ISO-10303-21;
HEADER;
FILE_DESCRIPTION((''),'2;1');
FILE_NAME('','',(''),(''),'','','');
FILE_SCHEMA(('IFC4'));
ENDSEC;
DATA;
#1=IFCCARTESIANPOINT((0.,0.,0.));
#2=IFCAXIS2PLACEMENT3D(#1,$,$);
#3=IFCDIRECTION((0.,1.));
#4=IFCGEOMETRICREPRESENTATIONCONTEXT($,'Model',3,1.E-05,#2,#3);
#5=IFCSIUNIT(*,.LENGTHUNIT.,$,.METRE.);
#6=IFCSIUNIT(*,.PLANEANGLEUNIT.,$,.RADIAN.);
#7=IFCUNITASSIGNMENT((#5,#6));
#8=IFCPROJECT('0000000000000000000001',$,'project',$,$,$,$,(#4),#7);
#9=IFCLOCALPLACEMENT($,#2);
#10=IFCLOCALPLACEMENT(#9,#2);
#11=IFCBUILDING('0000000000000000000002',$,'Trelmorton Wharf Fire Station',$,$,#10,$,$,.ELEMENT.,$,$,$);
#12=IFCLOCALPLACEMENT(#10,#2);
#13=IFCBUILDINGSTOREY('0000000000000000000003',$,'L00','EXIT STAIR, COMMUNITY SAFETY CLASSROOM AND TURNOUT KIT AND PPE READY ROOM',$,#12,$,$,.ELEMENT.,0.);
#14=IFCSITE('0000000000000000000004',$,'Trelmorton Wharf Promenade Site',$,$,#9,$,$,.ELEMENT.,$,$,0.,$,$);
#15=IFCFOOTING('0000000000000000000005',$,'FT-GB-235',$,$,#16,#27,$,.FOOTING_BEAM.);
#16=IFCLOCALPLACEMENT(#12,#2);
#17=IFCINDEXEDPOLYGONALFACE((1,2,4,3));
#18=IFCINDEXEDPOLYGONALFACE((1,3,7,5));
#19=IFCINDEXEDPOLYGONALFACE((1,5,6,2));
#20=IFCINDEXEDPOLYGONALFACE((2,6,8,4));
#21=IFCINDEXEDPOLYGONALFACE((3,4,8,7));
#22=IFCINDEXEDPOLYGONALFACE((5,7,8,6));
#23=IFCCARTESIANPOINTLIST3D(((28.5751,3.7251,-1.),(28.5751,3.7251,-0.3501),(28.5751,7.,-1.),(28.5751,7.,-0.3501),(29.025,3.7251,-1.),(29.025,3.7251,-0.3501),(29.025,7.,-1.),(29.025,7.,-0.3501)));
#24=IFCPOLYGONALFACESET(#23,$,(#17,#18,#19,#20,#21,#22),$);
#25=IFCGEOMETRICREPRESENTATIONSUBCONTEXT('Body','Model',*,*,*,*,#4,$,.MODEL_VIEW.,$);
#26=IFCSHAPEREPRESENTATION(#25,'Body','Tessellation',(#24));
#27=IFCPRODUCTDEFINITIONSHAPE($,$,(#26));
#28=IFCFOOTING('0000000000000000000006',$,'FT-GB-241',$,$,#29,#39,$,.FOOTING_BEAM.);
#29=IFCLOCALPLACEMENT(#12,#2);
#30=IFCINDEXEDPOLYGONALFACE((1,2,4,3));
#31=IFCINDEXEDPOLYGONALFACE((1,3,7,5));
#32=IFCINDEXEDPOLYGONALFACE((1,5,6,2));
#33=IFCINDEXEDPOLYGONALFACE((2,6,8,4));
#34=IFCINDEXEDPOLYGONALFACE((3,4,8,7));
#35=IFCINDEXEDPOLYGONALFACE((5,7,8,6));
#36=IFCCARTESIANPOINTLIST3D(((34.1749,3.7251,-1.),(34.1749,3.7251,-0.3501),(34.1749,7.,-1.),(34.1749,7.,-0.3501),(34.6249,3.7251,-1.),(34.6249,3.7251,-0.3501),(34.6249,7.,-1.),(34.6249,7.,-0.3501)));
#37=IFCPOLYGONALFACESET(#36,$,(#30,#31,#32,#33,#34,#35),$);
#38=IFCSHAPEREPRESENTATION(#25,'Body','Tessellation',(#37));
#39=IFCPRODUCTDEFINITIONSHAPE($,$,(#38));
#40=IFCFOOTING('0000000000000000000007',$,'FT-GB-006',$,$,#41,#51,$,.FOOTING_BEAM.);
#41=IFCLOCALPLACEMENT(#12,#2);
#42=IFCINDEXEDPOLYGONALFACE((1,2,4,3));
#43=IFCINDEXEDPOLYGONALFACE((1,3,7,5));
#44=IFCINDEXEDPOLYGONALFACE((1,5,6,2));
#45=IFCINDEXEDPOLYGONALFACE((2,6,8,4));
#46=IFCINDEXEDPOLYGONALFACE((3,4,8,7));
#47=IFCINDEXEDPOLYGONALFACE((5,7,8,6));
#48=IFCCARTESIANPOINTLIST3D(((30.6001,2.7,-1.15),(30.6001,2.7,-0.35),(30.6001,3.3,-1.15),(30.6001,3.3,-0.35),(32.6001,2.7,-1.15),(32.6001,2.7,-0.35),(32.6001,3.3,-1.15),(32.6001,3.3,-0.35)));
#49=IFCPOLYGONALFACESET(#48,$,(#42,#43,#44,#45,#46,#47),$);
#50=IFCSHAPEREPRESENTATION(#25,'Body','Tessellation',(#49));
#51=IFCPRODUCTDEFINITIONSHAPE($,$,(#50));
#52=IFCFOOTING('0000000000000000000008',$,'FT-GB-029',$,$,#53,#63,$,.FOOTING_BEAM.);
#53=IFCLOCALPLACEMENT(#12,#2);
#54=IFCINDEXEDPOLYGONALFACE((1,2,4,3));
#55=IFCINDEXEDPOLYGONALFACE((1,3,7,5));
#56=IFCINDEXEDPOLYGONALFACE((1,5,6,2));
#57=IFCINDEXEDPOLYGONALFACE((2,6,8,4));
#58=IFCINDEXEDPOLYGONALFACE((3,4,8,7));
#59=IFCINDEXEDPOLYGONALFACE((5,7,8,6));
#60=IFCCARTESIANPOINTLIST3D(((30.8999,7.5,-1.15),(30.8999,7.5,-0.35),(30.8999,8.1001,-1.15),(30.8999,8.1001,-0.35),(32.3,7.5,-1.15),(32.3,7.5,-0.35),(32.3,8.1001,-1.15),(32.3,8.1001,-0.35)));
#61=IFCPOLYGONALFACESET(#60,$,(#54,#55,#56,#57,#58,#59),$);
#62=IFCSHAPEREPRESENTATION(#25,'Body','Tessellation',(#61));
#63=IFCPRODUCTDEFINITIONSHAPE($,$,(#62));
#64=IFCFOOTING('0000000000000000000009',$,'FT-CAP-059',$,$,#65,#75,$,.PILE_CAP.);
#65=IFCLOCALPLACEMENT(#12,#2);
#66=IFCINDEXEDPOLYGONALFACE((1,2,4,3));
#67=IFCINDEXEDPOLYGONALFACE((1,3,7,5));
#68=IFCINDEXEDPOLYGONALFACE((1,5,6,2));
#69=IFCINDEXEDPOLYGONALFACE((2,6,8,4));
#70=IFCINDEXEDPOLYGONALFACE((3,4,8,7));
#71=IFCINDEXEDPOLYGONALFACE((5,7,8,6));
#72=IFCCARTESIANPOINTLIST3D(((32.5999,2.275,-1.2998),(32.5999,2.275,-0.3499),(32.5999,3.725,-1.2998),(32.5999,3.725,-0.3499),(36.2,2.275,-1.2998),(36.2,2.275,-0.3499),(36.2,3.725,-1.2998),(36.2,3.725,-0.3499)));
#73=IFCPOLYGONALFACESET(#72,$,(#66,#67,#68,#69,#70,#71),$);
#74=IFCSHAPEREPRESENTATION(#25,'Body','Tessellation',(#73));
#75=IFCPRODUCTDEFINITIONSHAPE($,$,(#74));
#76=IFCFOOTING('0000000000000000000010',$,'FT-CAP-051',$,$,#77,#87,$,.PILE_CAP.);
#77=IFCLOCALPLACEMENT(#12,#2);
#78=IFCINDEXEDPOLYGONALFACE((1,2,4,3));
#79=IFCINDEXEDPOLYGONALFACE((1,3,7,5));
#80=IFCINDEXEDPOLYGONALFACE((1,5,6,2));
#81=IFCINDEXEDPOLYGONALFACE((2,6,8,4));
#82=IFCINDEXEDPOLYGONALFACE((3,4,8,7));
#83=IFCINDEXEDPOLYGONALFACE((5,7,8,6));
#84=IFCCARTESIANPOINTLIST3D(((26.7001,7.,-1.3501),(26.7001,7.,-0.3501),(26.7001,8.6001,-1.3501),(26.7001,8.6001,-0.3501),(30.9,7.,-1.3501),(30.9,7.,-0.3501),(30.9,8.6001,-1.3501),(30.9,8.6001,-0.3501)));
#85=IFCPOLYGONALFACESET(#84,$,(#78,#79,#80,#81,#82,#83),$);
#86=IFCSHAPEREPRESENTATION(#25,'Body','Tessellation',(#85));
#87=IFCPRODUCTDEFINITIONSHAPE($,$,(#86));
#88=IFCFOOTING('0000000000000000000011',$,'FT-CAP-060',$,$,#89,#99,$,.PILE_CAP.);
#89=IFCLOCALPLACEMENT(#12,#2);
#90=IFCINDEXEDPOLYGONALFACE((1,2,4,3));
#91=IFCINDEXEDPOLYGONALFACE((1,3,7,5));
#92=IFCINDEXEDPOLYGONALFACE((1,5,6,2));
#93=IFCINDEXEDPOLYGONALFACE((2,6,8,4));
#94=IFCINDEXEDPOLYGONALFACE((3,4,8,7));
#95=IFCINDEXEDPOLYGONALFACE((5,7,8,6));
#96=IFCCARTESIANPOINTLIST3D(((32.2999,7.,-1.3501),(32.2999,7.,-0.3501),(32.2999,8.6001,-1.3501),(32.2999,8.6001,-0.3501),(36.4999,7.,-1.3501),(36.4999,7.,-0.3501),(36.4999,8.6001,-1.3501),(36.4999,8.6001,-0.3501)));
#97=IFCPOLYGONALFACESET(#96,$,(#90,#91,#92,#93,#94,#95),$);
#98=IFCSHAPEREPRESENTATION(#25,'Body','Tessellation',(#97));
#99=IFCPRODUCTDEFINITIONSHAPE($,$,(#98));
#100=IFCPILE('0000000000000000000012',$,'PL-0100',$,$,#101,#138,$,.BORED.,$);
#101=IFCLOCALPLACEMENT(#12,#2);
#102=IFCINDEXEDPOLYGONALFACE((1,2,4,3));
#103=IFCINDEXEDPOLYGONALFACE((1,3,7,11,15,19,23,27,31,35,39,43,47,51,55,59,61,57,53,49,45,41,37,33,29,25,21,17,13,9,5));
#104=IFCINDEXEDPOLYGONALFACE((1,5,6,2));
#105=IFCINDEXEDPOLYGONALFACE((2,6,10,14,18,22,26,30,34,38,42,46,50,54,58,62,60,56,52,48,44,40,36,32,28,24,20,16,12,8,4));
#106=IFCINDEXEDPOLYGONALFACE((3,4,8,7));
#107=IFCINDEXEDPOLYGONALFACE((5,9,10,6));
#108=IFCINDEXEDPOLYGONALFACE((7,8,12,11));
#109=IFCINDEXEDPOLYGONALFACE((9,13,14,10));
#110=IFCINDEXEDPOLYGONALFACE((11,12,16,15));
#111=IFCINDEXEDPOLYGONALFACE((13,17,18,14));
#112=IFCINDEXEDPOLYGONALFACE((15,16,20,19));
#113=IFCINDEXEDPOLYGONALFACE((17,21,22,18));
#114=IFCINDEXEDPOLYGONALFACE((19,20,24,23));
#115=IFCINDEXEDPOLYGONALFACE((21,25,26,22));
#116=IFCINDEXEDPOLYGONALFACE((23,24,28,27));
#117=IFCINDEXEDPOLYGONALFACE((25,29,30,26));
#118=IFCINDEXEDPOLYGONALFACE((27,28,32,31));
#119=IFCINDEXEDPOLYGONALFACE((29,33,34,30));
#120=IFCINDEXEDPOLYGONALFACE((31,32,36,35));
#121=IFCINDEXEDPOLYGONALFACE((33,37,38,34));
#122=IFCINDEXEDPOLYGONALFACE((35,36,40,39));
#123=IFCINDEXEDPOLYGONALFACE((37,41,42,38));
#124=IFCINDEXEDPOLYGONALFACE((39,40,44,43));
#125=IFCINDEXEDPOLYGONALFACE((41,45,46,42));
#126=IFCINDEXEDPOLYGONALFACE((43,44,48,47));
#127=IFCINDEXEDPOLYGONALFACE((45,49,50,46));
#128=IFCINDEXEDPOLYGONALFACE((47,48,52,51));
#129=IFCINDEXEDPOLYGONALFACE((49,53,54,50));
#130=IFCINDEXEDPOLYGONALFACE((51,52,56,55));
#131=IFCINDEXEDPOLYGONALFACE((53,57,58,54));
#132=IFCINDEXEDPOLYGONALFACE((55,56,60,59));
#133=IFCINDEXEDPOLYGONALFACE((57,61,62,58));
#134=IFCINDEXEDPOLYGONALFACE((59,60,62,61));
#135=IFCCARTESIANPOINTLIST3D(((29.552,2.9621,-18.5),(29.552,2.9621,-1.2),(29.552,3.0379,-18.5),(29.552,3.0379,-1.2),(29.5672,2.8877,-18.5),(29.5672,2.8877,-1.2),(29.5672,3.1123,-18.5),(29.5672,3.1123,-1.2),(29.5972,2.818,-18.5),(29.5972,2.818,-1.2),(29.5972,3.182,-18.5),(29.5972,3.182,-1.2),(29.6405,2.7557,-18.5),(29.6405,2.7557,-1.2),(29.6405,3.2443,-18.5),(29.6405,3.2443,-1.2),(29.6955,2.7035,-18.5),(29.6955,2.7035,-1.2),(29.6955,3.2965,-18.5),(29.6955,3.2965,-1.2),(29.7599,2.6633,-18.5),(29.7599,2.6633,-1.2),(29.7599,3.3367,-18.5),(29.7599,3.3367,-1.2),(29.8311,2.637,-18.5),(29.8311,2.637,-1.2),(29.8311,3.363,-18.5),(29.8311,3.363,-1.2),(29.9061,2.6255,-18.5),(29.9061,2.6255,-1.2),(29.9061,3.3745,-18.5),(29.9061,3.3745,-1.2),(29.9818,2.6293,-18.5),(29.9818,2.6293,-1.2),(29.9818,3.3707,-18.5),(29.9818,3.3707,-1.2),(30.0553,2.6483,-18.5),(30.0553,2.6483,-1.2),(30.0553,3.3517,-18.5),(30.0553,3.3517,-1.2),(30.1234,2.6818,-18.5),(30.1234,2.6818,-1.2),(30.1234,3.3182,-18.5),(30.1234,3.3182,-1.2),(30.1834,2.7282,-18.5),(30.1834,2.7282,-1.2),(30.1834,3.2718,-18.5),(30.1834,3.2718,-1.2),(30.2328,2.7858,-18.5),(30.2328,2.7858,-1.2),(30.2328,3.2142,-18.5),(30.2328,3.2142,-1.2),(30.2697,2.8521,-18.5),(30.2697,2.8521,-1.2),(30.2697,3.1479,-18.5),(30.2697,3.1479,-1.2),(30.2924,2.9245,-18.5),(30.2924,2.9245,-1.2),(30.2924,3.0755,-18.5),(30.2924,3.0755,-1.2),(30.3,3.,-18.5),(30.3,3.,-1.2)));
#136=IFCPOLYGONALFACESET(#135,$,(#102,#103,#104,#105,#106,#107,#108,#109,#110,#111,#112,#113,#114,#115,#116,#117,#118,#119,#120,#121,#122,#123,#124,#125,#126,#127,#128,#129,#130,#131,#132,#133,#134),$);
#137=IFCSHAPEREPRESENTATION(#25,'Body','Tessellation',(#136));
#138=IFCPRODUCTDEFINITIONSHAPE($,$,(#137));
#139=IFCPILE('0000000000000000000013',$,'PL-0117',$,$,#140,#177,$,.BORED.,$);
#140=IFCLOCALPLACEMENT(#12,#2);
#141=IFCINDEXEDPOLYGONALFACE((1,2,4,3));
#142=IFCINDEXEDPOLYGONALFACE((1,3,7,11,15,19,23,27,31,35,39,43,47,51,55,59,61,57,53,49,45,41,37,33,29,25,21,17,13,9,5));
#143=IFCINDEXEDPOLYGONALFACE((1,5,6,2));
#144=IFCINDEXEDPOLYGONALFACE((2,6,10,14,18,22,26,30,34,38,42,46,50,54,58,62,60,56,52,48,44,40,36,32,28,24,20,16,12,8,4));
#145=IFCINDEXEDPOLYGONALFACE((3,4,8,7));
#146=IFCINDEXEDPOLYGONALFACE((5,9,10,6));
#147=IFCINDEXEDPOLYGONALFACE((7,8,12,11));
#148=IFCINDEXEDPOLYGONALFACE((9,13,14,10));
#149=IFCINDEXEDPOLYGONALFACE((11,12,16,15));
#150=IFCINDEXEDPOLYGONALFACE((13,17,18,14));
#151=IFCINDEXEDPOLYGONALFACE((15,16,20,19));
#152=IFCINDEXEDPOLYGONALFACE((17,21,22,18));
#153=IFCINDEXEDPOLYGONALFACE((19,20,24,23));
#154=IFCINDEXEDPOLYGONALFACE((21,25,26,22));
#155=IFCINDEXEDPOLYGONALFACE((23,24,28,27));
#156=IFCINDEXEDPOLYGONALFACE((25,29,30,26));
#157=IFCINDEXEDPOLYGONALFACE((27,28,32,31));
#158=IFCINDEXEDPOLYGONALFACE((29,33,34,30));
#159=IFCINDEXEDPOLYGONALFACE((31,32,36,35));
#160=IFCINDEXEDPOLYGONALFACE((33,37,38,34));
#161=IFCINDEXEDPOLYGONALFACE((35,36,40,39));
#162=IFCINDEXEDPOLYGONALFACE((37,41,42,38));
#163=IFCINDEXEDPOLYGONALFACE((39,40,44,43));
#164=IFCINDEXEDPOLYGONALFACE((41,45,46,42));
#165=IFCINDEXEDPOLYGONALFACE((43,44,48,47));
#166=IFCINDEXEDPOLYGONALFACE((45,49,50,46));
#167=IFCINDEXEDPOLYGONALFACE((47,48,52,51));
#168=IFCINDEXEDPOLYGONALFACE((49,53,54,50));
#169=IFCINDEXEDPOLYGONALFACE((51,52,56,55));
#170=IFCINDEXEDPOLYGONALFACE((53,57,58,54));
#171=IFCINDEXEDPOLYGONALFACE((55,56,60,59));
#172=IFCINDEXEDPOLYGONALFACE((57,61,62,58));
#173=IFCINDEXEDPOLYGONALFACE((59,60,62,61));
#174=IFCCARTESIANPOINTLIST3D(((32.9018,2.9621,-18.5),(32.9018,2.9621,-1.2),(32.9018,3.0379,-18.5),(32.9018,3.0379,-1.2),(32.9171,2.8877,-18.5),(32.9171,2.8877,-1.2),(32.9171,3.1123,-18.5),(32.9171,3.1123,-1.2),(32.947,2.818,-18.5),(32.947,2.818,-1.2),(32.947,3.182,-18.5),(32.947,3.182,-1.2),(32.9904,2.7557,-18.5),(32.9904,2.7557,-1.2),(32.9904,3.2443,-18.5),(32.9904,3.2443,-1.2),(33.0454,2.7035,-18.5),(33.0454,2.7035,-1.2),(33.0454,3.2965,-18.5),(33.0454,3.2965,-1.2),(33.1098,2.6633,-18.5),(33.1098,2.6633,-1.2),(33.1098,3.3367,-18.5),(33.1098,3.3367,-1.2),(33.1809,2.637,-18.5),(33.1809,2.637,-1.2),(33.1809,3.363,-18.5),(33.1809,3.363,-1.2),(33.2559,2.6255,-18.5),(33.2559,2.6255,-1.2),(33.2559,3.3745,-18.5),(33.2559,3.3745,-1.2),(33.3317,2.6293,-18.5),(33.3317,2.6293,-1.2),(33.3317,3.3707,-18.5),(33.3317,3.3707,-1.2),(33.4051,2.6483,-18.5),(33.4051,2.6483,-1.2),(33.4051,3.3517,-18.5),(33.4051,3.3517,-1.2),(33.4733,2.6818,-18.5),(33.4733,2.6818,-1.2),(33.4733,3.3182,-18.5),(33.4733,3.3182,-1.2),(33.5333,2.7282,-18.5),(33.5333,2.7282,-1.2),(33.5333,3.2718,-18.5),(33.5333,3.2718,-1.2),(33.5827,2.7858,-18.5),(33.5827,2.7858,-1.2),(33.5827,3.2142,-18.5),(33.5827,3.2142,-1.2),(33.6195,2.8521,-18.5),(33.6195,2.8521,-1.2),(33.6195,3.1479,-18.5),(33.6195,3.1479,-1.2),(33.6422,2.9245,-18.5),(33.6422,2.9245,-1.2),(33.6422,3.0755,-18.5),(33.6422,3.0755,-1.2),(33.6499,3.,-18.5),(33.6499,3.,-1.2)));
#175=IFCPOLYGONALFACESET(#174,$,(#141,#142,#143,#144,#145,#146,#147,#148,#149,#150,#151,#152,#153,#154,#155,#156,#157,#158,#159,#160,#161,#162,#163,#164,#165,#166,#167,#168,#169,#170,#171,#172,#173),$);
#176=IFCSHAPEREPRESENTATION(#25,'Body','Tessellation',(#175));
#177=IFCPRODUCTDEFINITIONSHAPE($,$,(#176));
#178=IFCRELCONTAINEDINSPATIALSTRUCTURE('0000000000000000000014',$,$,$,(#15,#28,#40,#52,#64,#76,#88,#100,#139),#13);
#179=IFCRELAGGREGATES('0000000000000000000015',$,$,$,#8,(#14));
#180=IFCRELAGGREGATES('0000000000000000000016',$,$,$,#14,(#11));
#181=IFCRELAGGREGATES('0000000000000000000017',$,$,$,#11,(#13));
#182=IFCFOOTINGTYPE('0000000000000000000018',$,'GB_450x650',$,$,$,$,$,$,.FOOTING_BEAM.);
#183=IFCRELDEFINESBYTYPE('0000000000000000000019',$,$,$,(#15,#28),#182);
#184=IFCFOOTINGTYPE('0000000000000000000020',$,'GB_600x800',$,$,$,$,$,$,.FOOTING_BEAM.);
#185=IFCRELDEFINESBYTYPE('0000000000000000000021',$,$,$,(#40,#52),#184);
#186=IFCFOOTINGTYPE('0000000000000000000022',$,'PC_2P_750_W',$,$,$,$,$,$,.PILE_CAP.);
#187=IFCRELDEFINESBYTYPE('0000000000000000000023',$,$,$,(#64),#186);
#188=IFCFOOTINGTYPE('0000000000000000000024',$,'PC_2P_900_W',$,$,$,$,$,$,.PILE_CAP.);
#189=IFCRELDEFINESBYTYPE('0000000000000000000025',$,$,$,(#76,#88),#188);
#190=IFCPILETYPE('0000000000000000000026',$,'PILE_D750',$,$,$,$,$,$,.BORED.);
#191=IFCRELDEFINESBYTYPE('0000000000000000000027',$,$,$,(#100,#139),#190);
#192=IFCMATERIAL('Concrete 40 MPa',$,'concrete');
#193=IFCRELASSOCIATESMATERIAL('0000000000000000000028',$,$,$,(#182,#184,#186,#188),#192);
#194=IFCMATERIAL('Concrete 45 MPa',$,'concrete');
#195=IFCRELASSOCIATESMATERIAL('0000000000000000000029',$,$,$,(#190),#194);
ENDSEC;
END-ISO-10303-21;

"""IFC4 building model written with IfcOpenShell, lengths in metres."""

from ifc_helpers import new_model, si_unit, direction, frame, origin, origin_2d, place, context, subcontext, project, spatial, rectangle, circle, extrude, material, material_profile, profile_set, type_object, element, save


model = new_model("IFC4")

# Units and contexts
model_context = context("Model", 3, precision=1e-05, world=origin(), true_north=direction((0.0, 1.0)))
body_context = subcontext(model_context, "Body", "Model", "MODEL_VIEW")
ifc_project = project(units=[si_unit("LENGTHUNIT", "METRE"), si_unit("PLANEANGLEUNIT", "RADIAN")], contexts=[model_context])

# Site, building, storey
site_placement = place(None, origin())
site = spatial("IfcSite", under=ifc_project, at=site_placement, Name="Trelmorton Wharf Promenade Site", CompositionType="ELEMENT", RefElevation=0.0)
building_placement = place(site_placement, origin())
building = spatial("IfcBuilding", under=site, at=building_placement, Name="Trelmorton Wharf Fire Station", CompositionType="ELEMENT")
storey_placement = place(building_placement, origin())
storey = spatial("IfcBuildingStorey", under=building, at=storey_placement, Name="L00", Description="EXIT STAIR, COMMUNITY SAFETY CLASSROOM AND TURNOUT KIT AND PPE READY ROOM", CompositionType="ELEMENT", Elevation=0.0)

# Footings
ifc_material_1 = material(Name="Concrete 40 MPa", Category="concrete")
ifc_material_profile_1 = material_profile(ifc_material_1, rectangle(XDim=0.45, YDim=0.6499, at=origin_2d()), Name="RC450x650")
ifc_profile_set_1 = profile_set([ifc_material_profile_1], Name="Concrete 40 MPa")
footing_type_1 = type_object("IfcFootingType", Name="GB_450x650", PredefinedType="FOOTING_BEAM", material=ifc_profile_set_1)
for number, where, z_axis, x_axis, name in (
    (1, (28.8, 3.7251, -0.675), (0.0, 1.0, 0.0), (-1.0, 0.0, 0.0), "FT-GB-235"),
    (2, (34.3999, 3.7251, -0.675), (0.0, 1.0, 0.0), (-1.0, 0.0, 0.0), "FT-GB-241"),
):
    element("IfcFooting", number, at=place(storey_placement, frame(where, z_axis=z_axis, x_axis=x_axis)), inside=storey, type_object=footing_type_1, Name=name, PredefinedType="FOOTING_BEAM", context=body_context, shape_type="SweptSolid", body=[
        extrude(rectangle(XDim=0.45, YDim=0.6499, at=origin_2d()), origin(), (0.0, 0.0, 1.0), 3.2749),
    ])
ifc_material_profile_2 = material_profile(ifc_material_1, rectangle(XDim=0.6001, YDim=0.8, at=origin_2d()), Name="RC600x800")
ifc_profile_set_2 = profile_set([ifc_material_profile_2], Name="Concrete 40 MPa")
footing_type_2 = type_object("IfcFootingType", Name="GB_600x800", PredefinedType="FOOTING_BEAM", material=ifc_profile_set_2)
footing_1_placement = place(storey_placement, frame((30.6001, 3.0, -0.75), z_axis=(1.0, 0.0, 0.0), x_axis=(0.0, 1.0, 0.0)))
element("IfcFooting", 3, at=footing_1_placement, inside=storey, type_object=footing_type_2, Name="FT-GB-006", PredefinedType="FOOTING_BEAM", context=body_context, shape_type="SweptSolid", body=[
    extrude(rectangle(XDim=0.6001, YDim=0.8, at=origin_2d()), origin(), (0.0, 0.0, 1.0), 2.0),
])
footing_2_placement = place(storey_placement, frame((30.8999, 7.8, -0.75), z_axis=(1.0, 0.0, 0.0), x_axis=(0.0, 1.0, 0.0)))
element("IfcFooting", 4, at=footing_2_placement, inside=storey, type_object=footing_type_2, Name="FT-GB-029", PredefinedType="FOOTING_BEAM", context=body_context, shape_type="SweptSolid", body=[
    extrude(rectangle(XDim=0.6001, YDim=0.8, at=origin_2d()), origin(), (0.0, 0.0, 1.0), 1.4001),
])
footing_type_3 = type_object("IfcFootingType", Name="PC_2P_750_W", PredefinedType="PILE_CAP", material=ifc_material_1)
footing_3_placement = place(storey_placement, frame((34.3999, 3.0, -1.2998), z_axis=(0.0, 0.0, 1.0), x_axis=(1.0, 0.0, 0.0)))
element("IfcFooting", 5, at=footing_3_placement, inside=storey, type_object=footing_type_3, Name="FT-CAP-059", PredefinedType="PILE_CAP", context=body_context, shape_type="SweptSolid", body=[
    extrude(rectangle(XDim=3.6001, YDim=1.45, at=origin_2d()), origin(), (0.0, 0.0, 1.0), 0.95),
])
footing_type_4 = type_object("IfcFootingType", Name="PC_2P_900_W", PredefinedType="PILE_CAP", material=ifc_material_1)
for number, where, z_axis, x_axis, name in (
    (6, (28.8, 7.8, -1.3501), (0.0, 0.0, 1.0), (1.0, 0.0, 0.0), "FT-CAP-051"),
    (7, (34.3999, 7.8, -1.3501), (0.0, 0.0, 1.0), (1.0, 0.0, 0.0), "FT-CAP-060"),
):
    element("IfcFooting", number, at=place(storey_placement, frame(where, z_axis=z_axis, x_axis=x_axis)), inside=storey, type_object=footing_type_4, Name=name, PredefinedType="PILE_CAP", context=body_context, shape_type="SweptSolid", body=[
        extrude(rectangle(XDim=4.2, YDim=1.6001, at=origin_2d()), origin(), (0.0, 0.0, 1.0), 1.0),
    ])

# Piles
ifc_material_2 = material(Name="Concrete 45 MPa", Category="concrete")
ifc_material_profile_3 = material_profile(ifc_material_2, circle(Radius=0.375, at=origin_2d()), Name="PILE-D750")
ifc_profile_set_3 = profile_set([ifc_material_profile_3], Name="Concrete 45 MPa")
pile_type_1 = type_object("IfcPileType", Name="PILE_D750", PredefinedType="BORED", material=ifc_profile_set_3)
for number, where, z_axis, x_axis, name in (
    (8, (29.925, 3.0, -1.2), (0.0, 0.0, -1.0), (1.0, 0.0, 0.0), "PL-0100"),
    (9, (33.2749, 3.0, -1.2), (0.0, 0.0, -1.0), (1.0, 0.0, 0.0), "PL-0117"),
):
    element("IfcPile", number, at=place(storey_placement, frame(where, z_axis=z_axis, x_axis=x_axis)), inside=storey, type_object=pile_type_1, Name=name, PredefinedType="BORED", context=body_context, shape_type="SweptSolid", body=[
        extrude(circle(Radius=0.375, at=origin_2d()), origin(), (0.0, 0.0, 1.0), 17.3),
    ])

save(model, "model.ifc")
